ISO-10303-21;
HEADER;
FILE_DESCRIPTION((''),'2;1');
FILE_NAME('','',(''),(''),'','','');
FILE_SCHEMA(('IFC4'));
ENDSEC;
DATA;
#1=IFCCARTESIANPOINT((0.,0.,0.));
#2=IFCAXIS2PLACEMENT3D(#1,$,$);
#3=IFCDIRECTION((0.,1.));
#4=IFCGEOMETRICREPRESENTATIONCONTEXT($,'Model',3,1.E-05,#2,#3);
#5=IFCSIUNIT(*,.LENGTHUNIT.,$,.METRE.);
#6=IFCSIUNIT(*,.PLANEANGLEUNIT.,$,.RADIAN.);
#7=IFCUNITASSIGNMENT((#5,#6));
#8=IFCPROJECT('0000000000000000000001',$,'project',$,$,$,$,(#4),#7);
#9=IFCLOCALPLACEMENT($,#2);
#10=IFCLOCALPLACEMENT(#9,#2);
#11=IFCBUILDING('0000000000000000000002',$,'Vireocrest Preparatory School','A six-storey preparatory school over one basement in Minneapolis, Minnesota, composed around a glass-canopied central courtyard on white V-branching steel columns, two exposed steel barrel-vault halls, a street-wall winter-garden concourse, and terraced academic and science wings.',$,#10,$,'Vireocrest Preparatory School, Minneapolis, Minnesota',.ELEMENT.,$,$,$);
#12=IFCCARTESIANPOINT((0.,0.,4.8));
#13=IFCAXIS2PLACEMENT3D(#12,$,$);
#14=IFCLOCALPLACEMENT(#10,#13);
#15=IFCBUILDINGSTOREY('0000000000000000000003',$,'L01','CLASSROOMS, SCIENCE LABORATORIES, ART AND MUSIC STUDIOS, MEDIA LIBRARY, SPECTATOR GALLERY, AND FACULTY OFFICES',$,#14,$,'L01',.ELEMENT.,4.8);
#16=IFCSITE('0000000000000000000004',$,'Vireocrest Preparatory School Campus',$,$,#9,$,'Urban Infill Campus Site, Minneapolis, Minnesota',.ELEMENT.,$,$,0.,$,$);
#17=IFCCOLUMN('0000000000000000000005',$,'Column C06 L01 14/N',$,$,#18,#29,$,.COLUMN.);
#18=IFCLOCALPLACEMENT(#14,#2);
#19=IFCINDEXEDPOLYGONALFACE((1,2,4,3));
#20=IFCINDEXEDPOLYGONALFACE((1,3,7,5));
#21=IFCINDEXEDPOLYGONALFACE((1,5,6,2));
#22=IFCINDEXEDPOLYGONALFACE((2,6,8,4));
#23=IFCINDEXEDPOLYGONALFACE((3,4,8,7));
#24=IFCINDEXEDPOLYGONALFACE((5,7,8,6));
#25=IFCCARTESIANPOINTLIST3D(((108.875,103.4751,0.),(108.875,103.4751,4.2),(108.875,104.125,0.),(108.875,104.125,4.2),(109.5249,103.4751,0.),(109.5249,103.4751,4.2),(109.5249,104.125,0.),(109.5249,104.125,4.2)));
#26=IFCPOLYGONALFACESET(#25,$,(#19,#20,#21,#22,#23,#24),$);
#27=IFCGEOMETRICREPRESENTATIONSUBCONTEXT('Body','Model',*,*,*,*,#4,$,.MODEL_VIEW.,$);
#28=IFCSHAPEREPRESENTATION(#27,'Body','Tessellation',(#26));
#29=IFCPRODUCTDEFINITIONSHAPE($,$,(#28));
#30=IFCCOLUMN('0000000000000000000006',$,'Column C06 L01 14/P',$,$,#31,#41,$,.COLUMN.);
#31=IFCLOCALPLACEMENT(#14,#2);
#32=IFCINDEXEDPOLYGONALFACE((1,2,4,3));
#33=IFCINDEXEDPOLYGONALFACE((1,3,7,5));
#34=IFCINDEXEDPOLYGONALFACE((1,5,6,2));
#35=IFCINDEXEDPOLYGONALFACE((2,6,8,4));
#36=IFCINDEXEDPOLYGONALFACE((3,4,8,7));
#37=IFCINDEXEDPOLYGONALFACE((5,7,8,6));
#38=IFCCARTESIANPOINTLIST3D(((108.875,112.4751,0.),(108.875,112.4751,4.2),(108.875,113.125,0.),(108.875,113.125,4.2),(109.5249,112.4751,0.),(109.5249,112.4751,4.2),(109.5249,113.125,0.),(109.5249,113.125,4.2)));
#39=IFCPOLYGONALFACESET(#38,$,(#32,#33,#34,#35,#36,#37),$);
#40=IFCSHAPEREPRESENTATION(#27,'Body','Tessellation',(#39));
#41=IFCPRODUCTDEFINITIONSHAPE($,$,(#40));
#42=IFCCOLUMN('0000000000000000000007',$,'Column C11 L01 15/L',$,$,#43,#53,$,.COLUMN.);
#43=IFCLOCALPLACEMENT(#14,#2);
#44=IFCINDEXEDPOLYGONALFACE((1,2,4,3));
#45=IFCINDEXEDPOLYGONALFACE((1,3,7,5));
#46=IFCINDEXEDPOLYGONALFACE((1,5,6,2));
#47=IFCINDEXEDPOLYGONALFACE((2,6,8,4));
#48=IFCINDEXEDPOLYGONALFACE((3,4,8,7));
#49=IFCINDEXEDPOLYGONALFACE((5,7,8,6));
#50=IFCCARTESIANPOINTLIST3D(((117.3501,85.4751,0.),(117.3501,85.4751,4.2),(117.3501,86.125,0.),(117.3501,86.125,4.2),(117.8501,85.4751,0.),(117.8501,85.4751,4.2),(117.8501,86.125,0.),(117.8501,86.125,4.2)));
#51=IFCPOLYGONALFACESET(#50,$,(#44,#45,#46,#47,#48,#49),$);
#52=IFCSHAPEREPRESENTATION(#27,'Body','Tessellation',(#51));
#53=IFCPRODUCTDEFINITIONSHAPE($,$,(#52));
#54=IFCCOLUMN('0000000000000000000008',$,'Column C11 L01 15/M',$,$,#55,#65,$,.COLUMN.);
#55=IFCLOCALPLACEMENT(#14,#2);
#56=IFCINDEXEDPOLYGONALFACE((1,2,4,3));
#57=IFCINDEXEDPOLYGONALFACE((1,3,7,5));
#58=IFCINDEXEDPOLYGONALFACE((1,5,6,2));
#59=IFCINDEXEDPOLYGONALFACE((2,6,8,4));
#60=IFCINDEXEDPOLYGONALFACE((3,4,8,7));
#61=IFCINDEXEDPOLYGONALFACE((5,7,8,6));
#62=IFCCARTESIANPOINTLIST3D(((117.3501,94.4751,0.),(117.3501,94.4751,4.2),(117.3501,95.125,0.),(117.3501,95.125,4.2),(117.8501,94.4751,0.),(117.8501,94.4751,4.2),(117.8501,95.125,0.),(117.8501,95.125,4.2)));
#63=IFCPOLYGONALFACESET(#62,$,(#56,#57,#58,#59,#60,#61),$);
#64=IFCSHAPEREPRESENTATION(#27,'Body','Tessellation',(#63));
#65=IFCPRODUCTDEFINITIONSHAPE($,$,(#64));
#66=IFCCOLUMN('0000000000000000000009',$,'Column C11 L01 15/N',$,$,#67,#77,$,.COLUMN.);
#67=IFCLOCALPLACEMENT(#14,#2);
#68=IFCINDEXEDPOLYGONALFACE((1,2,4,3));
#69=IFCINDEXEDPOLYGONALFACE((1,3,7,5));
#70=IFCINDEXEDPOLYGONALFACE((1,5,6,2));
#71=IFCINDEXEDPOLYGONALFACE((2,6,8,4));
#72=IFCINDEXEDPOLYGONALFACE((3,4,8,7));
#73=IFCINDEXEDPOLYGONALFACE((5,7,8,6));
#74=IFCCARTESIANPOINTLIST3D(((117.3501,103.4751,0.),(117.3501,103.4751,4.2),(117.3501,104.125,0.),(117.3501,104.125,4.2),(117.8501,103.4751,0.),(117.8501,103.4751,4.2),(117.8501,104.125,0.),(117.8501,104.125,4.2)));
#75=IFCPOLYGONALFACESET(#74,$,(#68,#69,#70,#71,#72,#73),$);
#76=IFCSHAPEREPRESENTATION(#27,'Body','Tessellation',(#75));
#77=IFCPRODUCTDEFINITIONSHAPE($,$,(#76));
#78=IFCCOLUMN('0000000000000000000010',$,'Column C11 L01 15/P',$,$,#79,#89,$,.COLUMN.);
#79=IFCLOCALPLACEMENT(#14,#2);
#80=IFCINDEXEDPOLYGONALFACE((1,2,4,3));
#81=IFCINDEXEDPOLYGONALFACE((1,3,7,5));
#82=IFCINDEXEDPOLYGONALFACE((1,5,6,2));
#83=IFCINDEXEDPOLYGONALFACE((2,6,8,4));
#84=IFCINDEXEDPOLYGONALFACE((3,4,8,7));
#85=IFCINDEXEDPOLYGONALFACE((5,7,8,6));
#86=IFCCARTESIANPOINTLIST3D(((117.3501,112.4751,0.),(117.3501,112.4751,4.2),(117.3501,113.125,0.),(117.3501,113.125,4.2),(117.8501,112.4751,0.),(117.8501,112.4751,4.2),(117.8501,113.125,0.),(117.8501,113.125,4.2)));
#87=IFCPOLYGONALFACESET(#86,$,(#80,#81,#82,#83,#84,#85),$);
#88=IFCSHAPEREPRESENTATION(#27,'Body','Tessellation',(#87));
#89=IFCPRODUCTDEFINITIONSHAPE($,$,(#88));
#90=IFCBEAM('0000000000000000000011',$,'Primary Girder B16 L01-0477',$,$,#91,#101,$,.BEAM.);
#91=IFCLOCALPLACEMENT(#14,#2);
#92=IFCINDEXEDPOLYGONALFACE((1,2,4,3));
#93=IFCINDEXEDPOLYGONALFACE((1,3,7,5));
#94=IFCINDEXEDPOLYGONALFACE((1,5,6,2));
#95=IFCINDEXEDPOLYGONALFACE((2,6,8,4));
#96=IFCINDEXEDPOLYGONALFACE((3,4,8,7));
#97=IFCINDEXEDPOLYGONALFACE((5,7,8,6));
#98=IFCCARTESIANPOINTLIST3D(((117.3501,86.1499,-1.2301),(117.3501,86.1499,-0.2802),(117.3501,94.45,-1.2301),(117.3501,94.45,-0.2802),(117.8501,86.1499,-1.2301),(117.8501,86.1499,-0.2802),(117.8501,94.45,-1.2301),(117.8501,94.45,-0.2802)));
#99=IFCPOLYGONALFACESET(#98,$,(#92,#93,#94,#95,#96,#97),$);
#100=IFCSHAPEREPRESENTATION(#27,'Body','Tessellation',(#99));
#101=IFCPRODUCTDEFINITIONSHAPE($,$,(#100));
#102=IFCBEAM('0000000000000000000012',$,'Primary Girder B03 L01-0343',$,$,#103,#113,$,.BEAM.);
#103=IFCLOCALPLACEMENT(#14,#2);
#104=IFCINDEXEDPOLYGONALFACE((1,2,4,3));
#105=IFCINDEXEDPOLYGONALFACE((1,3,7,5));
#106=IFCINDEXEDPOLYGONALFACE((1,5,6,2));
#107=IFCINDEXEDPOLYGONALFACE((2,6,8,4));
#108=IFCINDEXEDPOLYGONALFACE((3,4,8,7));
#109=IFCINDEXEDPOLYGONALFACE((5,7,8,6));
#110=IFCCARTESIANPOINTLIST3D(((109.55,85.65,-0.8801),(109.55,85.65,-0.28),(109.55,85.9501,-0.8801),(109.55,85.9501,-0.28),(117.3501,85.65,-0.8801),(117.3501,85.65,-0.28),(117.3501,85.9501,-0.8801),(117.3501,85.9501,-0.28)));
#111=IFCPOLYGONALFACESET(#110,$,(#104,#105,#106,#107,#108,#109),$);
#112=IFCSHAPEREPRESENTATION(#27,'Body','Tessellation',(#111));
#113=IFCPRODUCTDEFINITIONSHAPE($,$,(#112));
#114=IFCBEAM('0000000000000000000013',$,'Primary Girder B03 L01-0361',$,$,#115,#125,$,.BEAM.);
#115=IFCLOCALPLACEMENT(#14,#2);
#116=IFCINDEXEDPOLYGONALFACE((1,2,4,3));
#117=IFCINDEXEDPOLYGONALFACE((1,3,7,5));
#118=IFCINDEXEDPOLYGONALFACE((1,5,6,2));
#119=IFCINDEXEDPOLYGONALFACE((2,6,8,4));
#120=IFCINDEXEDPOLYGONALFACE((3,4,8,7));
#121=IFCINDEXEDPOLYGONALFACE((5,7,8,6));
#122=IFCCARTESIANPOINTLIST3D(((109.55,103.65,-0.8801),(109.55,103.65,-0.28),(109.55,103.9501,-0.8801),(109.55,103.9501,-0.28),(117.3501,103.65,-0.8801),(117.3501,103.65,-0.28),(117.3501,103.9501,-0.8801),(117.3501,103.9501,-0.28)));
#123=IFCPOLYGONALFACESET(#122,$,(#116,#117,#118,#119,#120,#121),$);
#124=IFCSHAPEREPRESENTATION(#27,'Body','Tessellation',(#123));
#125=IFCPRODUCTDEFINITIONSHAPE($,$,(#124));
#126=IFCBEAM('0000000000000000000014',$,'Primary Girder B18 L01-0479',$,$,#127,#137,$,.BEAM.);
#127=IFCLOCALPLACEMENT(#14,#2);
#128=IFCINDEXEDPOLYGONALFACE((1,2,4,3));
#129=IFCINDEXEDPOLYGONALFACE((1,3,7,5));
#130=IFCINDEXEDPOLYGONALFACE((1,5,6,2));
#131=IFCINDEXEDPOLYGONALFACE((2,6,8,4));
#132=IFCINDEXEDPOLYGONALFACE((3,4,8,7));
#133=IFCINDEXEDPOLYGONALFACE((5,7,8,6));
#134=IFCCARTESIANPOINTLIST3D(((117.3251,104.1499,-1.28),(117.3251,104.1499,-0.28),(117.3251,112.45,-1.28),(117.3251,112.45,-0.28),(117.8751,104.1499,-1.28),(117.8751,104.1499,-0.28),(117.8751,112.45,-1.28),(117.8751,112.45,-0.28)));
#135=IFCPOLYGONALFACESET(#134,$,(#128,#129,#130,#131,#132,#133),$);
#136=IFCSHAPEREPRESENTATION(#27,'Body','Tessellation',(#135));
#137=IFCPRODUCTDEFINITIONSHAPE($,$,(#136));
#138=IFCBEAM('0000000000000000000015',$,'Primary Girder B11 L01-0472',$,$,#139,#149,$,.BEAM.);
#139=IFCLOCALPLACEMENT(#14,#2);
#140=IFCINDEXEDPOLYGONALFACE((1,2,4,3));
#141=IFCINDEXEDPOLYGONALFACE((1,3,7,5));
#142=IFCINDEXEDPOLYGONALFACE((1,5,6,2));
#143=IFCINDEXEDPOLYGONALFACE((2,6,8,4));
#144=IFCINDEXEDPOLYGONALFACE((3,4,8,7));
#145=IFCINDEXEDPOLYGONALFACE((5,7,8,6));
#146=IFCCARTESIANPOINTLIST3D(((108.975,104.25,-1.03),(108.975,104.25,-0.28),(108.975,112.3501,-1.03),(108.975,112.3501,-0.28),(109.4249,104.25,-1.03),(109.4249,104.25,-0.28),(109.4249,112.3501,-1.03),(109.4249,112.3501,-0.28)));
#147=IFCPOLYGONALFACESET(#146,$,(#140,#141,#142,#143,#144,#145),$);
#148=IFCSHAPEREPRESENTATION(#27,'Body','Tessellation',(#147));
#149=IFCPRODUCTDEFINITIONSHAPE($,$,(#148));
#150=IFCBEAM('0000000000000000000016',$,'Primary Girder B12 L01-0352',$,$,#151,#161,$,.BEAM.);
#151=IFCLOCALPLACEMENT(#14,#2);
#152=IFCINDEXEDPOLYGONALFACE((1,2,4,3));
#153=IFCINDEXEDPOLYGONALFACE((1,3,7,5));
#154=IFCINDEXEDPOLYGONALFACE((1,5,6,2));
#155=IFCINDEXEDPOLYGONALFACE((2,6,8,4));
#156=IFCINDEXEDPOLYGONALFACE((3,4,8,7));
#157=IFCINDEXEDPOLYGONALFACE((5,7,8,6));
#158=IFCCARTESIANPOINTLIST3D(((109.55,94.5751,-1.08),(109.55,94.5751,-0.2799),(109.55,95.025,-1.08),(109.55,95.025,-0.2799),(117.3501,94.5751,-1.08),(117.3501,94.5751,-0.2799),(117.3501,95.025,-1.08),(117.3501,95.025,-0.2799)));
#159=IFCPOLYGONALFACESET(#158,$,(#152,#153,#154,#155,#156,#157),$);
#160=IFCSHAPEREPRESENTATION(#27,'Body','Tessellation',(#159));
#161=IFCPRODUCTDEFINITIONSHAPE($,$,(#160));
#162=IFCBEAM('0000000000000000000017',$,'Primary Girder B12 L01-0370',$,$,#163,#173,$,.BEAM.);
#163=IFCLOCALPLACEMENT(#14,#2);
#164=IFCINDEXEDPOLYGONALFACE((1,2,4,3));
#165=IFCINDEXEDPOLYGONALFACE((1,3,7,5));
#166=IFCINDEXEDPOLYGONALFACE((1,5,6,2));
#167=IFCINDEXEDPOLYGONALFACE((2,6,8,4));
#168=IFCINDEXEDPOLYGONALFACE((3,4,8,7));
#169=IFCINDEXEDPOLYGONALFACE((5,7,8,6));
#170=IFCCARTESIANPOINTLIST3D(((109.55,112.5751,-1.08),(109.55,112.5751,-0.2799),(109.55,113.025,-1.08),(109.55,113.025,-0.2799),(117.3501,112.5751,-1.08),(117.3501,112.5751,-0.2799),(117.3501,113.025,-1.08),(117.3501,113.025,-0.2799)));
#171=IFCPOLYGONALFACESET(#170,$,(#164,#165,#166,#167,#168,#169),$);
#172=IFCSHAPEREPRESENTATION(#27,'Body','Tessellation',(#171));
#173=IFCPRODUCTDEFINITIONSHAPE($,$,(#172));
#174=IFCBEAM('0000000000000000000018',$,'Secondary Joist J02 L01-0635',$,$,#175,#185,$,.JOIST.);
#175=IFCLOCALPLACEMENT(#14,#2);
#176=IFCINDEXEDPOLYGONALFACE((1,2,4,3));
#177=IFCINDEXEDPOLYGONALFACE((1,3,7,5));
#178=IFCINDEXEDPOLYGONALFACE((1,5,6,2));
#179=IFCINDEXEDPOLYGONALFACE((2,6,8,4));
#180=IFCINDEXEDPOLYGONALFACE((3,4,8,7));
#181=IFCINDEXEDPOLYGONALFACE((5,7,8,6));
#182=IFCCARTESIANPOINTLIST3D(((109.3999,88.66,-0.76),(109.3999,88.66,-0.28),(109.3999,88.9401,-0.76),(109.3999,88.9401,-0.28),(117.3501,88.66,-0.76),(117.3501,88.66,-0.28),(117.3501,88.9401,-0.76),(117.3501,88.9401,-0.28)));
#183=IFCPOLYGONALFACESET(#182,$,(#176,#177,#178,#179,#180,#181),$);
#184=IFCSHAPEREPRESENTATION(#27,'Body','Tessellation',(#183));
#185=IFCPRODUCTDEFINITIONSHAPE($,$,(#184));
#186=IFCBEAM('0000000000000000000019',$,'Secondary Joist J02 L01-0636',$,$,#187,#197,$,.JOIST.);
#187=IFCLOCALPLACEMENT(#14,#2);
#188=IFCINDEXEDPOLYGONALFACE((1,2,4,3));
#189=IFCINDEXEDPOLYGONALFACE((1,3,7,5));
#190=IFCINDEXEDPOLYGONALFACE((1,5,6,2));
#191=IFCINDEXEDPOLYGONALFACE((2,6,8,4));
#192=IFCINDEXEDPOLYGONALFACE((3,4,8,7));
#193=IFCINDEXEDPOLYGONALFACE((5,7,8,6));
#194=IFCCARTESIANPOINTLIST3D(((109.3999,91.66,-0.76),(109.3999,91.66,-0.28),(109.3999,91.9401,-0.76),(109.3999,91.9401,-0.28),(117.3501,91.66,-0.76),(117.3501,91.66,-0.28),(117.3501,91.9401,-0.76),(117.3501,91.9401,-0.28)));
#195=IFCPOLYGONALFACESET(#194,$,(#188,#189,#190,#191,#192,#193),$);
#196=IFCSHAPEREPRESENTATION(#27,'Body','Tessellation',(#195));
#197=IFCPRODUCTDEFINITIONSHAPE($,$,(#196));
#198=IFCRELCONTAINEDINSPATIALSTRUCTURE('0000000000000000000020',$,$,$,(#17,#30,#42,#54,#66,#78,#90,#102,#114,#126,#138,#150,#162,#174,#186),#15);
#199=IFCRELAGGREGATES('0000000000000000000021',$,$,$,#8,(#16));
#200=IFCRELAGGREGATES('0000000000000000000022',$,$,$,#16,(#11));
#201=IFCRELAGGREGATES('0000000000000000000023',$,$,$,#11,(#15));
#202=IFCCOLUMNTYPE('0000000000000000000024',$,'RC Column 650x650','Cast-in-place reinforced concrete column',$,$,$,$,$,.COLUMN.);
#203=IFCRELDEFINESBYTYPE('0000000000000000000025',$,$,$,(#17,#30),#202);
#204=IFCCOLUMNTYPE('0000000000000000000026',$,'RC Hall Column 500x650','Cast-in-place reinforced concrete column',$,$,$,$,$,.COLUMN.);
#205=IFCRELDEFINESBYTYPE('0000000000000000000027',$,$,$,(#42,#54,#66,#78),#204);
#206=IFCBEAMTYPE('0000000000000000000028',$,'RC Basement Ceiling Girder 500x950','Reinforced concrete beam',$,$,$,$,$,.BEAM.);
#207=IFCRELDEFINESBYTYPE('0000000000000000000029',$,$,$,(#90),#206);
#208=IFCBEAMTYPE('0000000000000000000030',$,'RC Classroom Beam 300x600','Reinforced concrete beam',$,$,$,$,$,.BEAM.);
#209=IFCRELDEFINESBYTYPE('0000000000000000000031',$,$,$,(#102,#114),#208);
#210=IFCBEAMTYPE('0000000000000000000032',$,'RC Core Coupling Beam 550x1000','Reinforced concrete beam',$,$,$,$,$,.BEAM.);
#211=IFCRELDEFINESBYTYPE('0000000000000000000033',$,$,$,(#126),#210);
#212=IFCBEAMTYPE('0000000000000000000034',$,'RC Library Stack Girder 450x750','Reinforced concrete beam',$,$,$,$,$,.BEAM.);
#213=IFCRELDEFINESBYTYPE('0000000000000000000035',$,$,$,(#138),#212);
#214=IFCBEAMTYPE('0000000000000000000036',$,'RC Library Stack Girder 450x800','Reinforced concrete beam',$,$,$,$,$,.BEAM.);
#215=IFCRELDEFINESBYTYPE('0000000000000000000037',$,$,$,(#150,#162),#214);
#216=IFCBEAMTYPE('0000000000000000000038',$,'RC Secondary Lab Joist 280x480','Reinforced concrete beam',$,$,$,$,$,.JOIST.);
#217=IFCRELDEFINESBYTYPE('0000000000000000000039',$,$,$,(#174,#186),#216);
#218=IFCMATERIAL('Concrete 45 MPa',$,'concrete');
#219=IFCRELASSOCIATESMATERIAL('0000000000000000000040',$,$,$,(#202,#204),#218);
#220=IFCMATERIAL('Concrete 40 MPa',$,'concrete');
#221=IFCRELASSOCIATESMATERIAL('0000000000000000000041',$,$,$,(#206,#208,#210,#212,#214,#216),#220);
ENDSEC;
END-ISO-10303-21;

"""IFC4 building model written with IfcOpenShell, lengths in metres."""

from ifc_helpers import new_model, si_unit, direction, frame, origin, origin_2d, place, context, subcontext, project, spatial, rectangle, extrude, material, material_profile, profile_set, type_object, element, save


model = new_model("IFC4")

# Units and contexts
model_context = context("Model", 3, precision=1e-05, world=origin(), true_north=direction((0.0, 1.0)))
body_context = subcontext(model_context, "Body", "Model", "MODEL_VIEW")
ifc_project = project(units=[si_unit("LENGTHUNIT", "METRE"), si_unit("PLANEANGLEUNIT", "RADIAN")], contexts=[model_context])

# Site, building, storey
site_placement = place(None, origin())
site = spatial("IfcSite", under=ifc_project, at=site_placement, Name="Vireocrest Preparatory School Campus", LongName="Urban Infill Campus Site, Minneapolis, Minnesota", CompositionType="ELEMENT", RefElevation=0.0)
building_placement = place(site_placement, origin())
building = spatial("IfcBuilding", under=site, at=building_placement, Name="Vireocrest Preparatory School", Description="A six-storey preparatory school over one basement in Minneapolis, Minnesota, composed around a glass-canopied central courtyard on white V-branching steel columns, two exposed steel barrel-vault halls, a street-wall winter-garden concourse, and terraced academic and science wings.", LongName="Vireocrest Preparatory School, Minneapolis, Minnesota", CompositionType="ELEMENT")
storey_placement = place(building_placement, frame((0.0, 0.0, 4.8)))
storey = spatial("IfcBuildingStorey", under=building, at=storey_placement, Name="L01", Description="CLASSROOMS, SCIENCE LABORATORIES, ART AND MUSIC STUDIOS, MEDIA LIBRARY, SPECTATOR GALLERY, AND FACULTY OFFICES", LongName="L01", CompositionType="ELEMENT", Elevation=4.8)

# Columns
ifc_material_1 = material(Name="Concrete 45 MPa", Category="concrete")
ifc_material_profile_1 = material_profile(ifc_material_1, rectangle(XDim=0.6499, YDim=0.6499, at=origin_2d()), Name="RC 650x650")
ifc_profile_set_1 = profile_set([ifc_material_profile_1], Name="Concrete 45 MPa")
column_type_1 = type_object("IfcColumnType", Name="RC Column 650x650", Description="Cast-in-place reinforced concrete column", PredefinedType="COLUMN", material=ifc_profile_set_1)
for number, where, z_axis, x_axis, name in (
    (1, (109.2, 103.8, 0.0), (0.0, 0.0, 1.0), (1.0, 0.0, 0.0), "Column C06 L01 14/N"),
    (2, (109.2, 112.8, 0.0), (0.0, 0.0, 1.0), (1.0, 0.0, 0.0), "Column C06 L01 14/P"),
):
    element("IfcColumn", number, at=place(storey_placement, frame(where, z_axis=z_axis, x_axis=x_axis)), inside=storey, type_object=column_type_1, Name=name, PredefinedType="COLUMN", context=body_context, shape_type="SweptSolid", body=[
        extrude(rectangle(XDim=0.6499, YDim=0.6499, at=origin_2d()), origin(), (0.0, 0.0, 1.0), 4.2),
    ])
ifc_material_profile_2 = material_profile(ifc_material_1, rectangle(XDim=0.5, YDim=0.6499, at=origin_2d()), Name="RC 500x650")
ifc_profile_set_2 = profile_set([ifc_material_profile_2], Name="Concrete 45 MPa")
column_type_2 = type_object("IfcColumnType", Name="RC Hall Column 500x650", Description="Cast-in-place reinforced concrete column", PredefinedType="COLUMN", material=ifc_profile_set_2)
for number, where, z_axis, x_axis, name in (
    (3, (117.6001, 85.8, 0.0), (0.0, 0.0, 1.0), (1.0, 0.0, 0.0), "Column C11 L01 15/L"),
    (4, (117.6001, 94.8, 0.0), (0.0, 0.0, 1.0), (1.0, 0.0, 0.0), "Column C11 L01 15/M"),
    (5, (117.6001, 103.8, 0.0), (0.0, 0.0, 1.0), (1.0, 0.0, 0.0), "Column C11 L01 15/N"),
    (6, (117.6001, 112.8, 0.0), (0.0, 0.0, 1.0), (1.0, 0.0, 0.0), "Column C11 L01 15/P"),
):
    element("IfcColumn", number, at=place(storey_placement, frame(where, z_axis=z_axis, x_axis=x_axis)), inside=storey, type_object=column_type_2, Name=name, PredefinedType="COLUMN", context=body_context, shape_type="SweptSolid", body=[
        extrude(rectangle(XDim=0.5, YDim=0.6499, at=origin_2d()), origin(), (0.0, 0.0, 1.0), 4.2),
    ])

# Beams
ifc_material_2 = material(Name="Concrete 40 MPa", Category="concrete")
ifc_material_profile_3 = material_profile(ifc_material_2, rectangle(XDim=0.5, YDim=0.95, at=origin_2d()), Name="RC 500x950")
ifc_profile_set_3 = profile_set([ifc_material_profile_3], Name="Concrete 40 MPa")
beam_type_1 = type_object("IfcBeamType", Name="RC Basement Ceiling Girder 500x950", Description="Reinforced concrete beam", PredefinedType="BEAM", material=ifc_profile_set_3)
beam_1_placement = place(storey_placement, frame((117.6001, 86.1499, -0.7551), z_axis=(0.0, 1.0, 0.0), x_axis=(-1.0, 0.0, 0.0)))
element("IfcBeam", 7, at=beam_1_placement, inside=storey, type_object=beam_type_1, Name="Primary Girder B16 L01-0477", PredefinedType="BEAM", context=body_context, shape_type="SweptSolid", body=[
    extrude(rectangle(XDim=0.5, YDim=0.95, at=origin_2d()), origin(), (0.0, 0.0, 1.0), 8.3),
])
ifc_material_profile_4 = material_profile(ifc_material_2, rectangle(XDim=0.3, YDim=0.6001, at=origin_2d()), Name="RC 300x600")
ifc_profile_set_4 = profile_set([ifc_material_profile_4], Name="Concrete 40 MPa")
beam_type_2 = type_object("IfcBeamType", Name="RC Classroom Beam 300x600", Description="Reinforced concrete beam", PredefinedType="BEAM", material=ifc_profile_set_4)
for number, where, z_axis, x_axis, name in (
    (8, (109.55, 85.8, -0.5801), (1.0, 0.0, 0.0), (0.0, 1.0, 0.0), "Primary Girder B03 L01-0343"),
    (9, (109.55, 103.8, -0.5801), (1.0, 0.0, 0.0), (0.0, 1.0, 0.0), "Primary Girder B03 L01-0361"),
):
    element("IfcBeam", number, at=place(storey_placement, frame(where, z_axis=z_axis, x_axis=x_axis)), inside=storey, type_object=beam_type_2, Name=name, PredefinedType="BEAM", context=body_context, shape_type="SweptSolid", body=[
        extrude(rectangle(XDim=0.3, YDim=0.6001, at=origin_2d()), origin(), (0.0, 0.0, 1.0), 7.8),
    ])
ifc_material_profile_5 = material_profile(ifc_material_2, rectangle(XDim=0.55, YDim=1.0, at=origin_2d()), Name="RC 550x1000")
ifc_profile_set_5 = profile_set([ifc_material_profile_5], Name="Concrete 40 MPa")
beam_type_3 = type_object("IfcBeamType", Name="RC Core Coupling Beam 550x1000", Description="Reinforced concrete beam", PredefinedType="BEAM", material=ifc_profile_set_5)
beam_2_placement = place(storey_placement, frame((117.6001, 104.1499, -0.78), z_axis=(0.0, 1.0, 0.0), x_axis=(-1.0, 0.0, 0.0)))
element("IfcBeam", 10, at=beam_2_placement, inside=storey, type_object=beam_type_3, Name="Primary Girder B18 L01-0479", PredefinedType="BEAM", context=body_context, shape_type="SweptSolid", body=[
    extrude(rectangle(XDim=0.55, YDim=1.0, at=origin_2d()), origin(), (0.0, 0.0, 1.0), 8.3),
])
ifc_material_profile_6 = material_profile(ifc_material_2, rectangle(XDim=0.45, YDim=0.75, at=origin_2d()), Name="RC 450x750")
ifc_profile_set_6 = profile_set([ifc_material_profile_6], Name="Concrete 40 MPa")
beam_type_4 = type_object("IfcBeamType", Name="RC Library Stack Girder 450x750", Description="Reinforced concrete beam", PredefinedType="BEAM", material=ifc_profile_set_6)
beam_3_placement = place(storey_placement, frame((109.2, 104.25, -0.655), z_axis=(0.0, 1.0, 0.0), x_axis=(-1.0, 0.0, 0.0)))
element("IfcBeam", 11, at=beam_3_placement, inside=storey, type_object=beam_type_4, Name="Primary Girder B11 L01-0472", PredefinedType="BEAM", context=body_context, shape_type="SweptSolid", body=[
    extrude(rectangle(XDim=0.45, YDim=0.75, at=origin_2d()), origin(), (0.0, 0.0, 1.0), 8.1001),
])
ifc_material_profile_7 = material_profile(ifc_material_2, rectangle(XDim=0.45, YDim=0.8, at=origin_2d()), Name="RC 450x800")
ifc_profile_set_7 = profile_set([ifc_material_profile_7], Name="Concrete 40 MPa")
beam_type_5 = type_object("IfcBeamType", Name="RC Library Stack Girder 450x800", Description="Reinforced concrete beam", PredefinedType="BEAM", material=ifc_profile_set_7)
for number, where, z_axis, x_axis, name in (
    (12, (109.55, 94.8, -0.6799), (1.0, 0.0, 0.0), (0.0, 1.0, 0.0), "Primary Girder B12 L01-0352"),
    (13, (109.55, 112.8, -0.6799), (1.0, 0.0, 0.0), (0.0, 1.0, 0.0), "Primary Girder B12 L01-0370"),
):
    element("IfcBeam", number, at=place(storey_placement, frame(where, z_axis=z_axis, x_axis=x_axis)), inside=storey, type_object=beam_type_5, Name=name, PredefinedType="BEAM", context=body_context, shape_type="SweptSolid", body=[
        extrude(rectangle(XDim=0.45, YDim=0.8, at=origin_2d()), origin(), (0.0, 0.0, 1.0), 7.8),
    ])
ifc_material_profile_8 = material_profile(ifc_material_2, rectangle(XDim=0.28, YDim=0.48, at=origin_2d()), Name="RC 280x480")
ifc_profile_set_8 = profile_set([ifc_material_profile_8], Name="Concrete 40 MPa")
beam_type_6 = type_object("IfcBeamType", Name="RC Secondary Lab Joist 280x480", Description="Reinforced concrete beam", PredefinedType="JOIST", material=ifc_profile_set_8)
for number, where, z_axis, x_axis, name in (
    (14, (109.3999, 88.8, -0.52), (1.0, 0.0, 0.0), (0.0, 1.0, 0.0), "Secondary Joist J02 L01-0635"),
    (15, (109.3999, 91.8, -0.52), (1.0, 0.0, 0.0), (0.0, 1.0, 0.0), "Secondary Joist J02 L01-0636"),
):
    element("IfcBeam", number, at=place(storey_placement, frame(where, z_axis=z_axis, x_axis=x_axis)), inside=storey, type_object=beam_type_6, Name=name, PredefinedType="JOIST", context=body_context, shape_type="SweptSolid", body=[
        extrude(rectangle(XDim=0.28, YDim=0.48, at=origin_2d()), origin(), (0.0, 0.0, 1.0), 7.9502),
    ])

save(model, "model.ifc")
